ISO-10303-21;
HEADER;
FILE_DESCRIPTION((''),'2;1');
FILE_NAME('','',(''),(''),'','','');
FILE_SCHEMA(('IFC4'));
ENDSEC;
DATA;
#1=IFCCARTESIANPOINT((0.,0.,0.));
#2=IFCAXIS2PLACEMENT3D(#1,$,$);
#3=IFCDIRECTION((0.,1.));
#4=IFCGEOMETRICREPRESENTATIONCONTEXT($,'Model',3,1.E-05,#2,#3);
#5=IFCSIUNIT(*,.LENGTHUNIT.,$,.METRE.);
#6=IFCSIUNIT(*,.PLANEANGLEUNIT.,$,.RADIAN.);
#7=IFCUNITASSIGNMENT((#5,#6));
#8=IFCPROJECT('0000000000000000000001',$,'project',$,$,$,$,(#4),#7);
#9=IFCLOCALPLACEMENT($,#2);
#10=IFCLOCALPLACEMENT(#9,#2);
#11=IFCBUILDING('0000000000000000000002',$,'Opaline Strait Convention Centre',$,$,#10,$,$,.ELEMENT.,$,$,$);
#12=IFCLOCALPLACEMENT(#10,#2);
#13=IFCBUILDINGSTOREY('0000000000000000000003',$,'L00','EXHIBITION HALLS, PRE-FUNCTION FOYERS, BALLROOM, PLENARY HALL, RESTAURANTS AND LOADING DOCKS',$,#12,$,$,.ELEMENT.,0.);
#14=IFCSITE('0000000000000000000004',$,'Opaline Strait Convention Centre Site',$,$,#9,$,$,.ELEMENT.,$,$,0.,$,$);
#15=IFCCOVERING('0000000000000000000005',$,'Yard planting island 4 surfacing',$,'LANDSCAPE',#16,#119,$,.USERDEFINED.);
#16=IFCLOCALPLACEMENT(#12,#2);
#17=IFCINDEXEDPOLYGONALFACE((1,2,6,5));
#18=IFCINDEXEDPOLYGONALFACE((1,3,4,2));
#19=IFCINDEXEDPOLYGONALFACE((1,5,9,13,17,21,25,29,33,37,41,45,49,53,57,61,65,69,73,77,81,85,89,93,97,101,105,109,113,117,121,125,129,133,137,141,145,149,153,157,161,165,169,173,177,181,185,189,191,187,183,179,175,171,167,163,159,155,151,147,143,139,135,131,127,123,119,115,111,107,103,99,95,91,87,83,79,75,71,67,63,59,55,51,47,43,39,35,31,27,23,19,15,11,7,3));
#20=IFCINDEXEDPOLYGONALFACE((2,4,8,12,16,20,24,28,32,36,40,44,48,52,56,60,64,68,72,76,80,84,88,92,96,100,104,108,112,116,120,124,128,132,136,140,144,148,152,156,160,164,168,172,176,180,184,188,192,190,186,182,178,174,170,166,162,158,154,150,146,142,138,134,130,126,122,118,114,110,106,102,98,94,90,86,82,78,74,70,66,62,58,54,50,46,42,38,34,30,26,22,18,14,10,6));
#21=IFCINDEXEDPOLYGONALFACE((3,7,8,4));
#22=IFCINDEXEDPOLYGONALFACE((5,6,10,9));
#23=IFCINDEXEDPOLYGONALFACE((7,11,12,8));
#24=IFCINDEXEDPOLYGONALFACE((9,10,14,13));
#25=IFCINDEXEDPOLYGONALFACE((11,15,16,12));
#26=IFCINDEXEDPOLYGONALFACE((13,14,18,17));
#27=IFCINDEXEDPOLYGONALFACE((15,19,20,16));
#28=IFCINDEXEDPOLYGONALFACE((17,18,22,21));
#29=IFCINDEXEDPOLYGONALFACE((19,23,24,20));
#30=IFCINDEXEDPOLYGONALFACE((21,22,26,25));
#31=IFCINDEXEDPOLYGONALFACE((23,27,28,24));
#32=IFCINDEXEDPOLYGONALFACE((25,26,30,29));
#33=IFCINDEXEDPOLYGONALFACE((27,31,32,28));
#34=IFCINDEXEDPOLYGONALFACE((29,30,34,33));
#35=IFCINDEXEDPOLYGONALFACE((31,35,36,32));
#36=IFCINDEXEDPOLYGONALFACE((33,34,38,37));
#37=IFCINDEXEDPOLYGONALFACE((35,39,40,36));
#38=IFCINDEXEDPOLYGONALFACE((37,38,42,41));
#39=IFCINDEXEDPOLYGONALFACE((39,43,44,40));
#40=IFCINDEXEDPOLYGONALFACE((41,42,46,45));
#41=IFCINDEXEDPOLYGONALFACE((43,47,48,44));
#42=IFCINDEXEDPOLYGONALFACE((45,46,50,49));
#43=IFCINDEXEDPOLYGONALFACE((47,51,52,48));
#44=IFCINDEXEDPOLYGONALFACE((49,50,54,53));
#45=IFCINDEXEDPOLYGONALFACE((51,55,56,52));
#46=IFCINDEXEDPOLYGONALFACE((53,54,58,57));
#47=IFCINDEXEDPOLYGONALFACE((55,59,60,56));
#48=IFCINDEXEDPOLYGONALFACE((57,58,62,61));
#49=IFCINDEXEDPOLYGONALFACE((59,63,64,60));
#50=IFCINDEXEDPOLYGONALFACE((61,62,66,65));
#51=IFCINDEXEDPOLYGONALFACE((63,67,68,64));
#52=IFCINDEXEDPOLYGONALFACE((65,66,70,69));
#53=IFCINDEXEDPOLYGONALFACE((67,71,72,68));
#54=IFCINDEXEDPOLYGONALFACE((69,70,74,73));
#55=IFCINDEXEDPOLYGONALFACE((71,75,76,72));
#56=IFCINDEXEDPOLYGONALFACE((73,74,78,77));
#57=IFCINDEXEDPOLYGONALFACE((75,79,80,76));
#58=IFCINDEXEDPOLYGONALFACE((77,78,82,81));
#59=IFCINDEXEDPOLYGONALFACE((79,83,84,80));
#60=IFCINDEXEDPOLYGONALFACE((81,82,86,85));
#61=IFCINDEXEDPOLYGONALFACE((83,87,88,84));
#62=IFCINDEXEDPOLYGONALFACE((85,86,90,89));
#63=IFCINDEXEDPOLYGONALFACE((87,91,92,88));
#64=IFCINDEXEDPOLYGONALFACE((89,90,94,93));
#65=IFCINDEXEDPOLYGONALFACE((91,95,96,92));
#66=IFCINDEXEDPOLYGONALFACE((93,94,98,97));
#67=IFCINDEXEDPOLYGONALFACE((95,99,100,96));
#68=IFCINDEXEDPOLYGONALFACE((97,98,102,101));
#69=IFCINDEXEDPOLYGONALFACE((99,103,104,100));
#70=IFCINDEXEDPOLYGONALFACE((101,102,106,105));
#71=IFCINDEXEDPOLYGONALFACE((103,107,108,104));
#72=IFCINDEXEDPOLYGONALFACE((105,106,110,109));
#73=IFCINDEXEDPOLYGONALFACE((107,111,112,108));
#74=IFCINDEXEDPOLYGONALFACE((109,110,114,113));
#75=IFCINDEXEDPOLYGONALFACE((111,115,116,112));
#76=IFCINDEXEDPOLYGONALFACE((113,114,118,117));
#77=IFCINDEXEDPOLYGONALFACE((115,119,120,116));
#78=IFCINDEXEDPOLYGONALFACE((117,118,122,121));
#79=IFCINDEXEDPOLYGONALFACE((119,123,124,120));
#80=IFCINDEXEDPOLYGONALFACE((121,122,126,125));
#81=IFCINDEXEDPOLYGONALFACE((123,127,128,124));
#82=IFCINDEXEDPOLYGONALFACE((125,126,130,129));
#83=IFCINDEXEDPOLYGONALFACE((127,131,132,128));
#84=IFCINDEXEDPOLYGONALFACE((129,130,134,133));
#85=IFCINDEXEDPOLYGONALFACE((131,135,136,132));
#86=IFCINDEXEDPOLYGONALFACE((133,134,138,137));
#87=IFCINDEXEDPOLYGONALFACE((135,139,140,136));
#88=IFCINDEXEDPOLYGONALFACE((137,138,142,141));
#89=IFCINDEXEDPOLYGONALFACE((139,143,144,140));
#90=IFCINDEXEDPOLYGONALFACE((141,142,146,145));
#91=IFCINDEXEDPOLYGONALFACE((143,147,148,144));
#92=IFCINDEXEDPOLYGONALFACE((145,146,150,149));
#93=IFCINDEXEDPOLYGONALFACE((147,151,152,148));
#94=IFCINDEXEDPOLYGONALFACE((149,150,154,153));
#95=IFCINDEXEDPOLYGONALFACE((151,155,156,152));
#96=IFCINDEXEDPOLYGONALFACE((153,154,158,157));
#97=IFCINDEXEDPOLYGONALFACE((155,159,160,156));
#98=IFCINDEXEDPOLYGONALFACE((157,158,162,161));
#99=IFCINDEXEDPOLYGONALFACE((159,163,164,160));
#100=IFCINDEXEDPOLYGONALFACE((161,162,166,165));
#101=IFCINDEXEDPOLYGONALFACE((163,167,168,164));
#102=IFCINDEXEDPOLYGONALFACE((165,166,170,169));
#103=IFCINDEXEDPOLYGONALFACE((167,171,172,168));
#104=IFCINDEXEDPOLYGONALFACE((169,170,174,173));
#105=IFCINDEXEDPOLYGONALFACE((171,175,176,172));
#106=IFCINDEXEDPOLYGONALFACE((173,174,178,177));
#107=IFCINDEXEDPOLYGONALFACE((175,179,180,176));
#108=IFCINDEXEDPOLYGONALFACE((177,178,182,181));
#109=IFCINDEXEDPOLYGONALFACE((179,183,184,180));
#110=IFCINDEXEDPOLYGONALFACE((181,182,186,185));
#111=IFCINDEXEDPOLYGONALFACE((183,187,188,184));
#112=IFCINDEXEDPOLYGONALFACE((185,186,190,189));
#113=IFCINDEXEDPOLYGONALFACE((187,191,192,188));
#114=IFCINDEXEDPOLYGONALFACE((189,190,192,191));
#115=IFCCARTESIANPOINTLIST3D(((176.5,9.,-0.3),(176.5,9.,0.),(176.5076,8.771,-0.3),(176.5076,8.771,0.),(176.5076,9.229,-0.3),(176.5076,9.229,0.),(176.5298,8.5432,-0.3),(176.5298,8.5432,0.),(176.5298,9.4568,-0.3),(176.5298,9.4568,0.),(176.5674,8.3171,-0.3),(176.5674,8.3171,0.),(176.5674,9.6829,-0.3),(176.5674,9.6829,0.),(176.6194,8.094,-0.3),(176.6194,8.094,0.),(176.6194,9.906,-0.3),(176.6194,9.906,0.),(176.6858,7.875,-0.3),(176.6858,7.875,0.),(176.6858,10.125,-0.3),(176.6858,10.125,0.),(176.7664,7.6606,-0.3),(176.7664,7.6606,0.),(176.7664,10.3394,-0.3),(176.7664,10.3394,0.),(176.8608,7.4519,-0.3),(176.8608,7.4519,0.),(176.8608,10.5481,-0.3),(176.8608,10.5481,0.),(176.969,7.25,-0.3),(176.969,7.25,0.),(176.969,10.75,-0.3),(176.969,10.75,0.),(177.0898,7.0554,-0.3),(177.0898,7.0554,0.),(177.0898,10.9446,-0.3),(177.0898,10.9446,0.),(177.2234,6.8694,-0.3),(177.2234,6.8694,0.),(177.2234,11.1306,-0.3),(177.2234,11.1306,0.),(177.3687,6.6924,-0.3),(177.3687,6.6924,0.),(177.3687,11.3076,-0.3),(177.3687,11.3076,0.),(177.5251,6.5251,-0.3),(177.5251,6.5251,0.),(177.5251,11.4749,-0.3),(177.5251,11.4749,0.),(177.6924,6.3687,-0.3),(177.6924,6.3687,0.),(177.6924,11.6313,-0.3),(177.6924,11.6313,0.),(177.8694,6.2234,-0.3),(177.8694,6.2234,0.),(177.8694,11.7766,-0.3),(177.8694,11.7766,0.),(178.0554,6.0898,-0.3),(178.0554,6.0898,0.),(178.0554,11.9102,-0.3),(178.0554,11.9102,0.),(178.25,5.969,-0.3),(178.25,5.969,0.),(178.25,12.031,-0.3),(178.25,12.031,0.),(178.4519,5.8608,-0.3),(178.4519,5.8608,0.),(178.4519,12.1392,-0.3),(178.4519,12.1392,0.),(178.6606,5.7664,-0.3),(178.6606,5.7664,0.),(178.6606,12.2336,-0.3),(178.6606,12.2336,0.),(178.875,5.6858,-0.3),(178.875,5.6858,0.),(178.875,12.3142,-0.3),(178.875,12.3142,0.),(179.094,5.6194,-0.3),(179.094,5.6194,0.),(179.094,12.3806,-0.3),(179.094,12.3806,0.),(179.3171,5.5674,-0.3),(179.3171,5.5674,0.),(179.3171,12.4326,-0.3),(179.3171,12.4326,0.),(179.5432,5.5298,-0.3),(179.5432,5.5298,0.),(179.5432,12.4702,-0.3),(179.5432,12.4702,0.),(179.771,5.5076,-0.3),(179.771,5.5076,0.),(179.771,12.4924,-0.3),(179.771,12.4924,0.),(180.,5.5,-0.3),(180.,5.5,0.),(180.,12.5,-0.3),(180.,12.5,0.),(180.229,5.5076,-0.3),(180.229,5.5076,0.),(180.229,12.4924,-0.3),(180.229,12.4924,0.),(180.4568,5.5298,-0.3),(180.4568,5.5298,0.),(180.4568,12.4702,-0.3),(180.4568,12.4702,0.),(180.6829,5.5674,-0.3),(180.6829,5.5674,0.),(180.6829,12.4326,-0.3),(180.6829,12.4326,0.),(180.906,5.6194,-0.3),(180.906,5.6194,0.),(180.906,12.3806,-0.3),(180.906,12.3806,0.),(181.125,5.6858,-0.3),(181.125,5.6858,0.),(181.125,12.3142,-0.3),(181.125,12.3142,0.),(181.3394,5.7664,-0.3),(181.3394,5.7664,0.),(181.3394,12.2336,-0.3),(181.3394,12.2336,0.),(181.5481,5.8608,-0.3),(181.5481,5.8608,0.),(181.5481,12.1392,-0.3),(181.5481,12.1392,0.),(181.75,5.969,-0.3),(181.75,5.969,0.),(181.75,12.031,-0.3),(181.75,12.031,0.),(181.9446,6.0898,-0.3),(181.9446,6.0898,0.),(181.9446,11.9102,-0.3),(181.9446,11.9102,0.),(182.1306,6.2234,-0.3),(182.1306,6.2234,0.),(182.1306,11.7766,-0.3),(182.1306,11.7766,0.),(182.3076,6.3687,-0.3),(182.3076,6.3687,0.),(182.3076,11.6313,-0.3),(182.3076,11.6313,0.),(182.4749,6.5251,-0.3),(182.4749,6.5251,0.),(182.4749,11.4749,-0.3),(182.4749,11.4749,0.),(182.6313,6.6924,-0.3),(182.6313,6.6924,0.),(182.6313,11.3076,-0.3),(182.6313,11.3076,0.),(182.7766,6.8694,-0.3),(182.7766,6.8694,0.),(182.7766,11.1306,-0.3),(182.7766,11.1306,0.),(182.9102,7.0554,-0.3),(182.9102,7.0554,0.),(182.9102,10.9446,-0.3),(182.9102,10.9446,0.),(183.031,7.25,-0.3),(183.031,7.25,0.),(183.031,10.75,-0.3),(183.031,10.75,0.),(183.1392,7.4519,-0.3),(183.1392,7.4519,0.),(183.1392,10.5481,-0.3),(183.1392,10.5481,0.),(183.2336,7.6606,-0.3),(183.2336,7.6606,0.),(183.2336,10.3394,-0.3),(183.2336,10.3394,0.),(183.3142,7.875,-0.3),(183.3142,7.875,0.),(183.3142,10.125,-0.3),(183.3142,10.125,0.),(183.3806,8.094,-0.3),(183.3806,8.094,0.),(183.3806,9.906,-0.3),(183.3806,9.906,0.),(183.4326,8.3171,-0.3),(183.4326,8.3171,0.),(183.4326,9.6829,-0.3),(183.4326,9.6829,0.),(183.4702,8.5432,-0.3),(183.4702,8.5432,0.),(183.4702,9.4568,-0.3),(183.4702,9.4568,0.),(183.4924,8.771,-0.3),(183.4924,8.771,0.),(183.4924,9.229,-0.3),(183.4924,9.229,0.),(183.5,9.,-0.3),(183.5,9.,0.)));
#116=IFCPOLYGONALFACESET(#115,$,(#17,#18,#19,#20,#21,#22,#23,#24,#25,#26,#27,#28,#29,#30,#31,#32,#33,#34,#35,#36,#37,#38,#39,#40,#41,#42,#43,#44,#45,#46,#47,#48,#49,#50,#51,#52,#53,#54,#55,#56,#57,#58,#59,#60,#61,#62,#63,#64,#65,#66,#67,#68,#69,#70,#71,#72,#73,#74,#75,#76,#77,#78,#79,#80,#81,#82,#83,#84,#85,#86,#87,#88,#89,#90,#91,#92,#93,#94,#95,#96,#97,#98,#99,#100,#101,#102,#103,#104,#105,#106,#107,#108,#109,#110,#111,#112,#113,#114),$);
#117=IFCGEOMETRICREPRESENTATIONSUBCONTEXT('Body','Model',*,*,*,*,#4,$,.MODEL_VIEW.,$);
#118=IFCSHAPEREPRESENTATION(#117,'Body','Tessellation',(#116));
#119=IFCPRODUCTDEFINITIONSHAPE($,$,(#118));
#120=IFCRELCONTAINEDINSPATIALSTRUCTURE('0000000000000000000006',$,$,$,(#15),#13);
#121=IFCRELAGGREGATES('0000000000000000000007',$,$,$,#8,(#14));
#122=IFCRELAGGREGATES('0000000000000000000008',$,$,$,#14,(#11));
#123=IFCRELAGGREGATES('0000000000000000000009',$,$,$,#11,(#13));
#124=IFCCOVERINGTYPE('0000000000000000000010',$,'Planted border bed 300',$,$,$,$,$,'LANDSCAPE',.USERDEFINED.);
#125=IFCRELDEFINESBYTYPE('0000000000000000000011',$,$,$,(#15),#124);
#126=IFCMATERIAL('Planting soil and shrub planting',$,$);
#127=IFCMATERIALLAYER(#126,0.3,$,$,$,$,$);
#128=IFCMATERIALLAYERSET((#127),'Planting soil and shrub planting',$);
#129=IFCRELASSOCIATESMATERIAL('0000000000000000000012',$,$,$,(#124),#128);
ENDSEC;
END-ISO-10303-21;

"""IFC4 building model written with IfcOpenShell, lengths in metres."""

from ifc_helpers import new_model, si_unit, direction, frame, origin, place, context, subcontext, project, spatial, polyline, outline, extrude, material, layer, layer_set, type_object, element, save


model = new_model("IFC4")

# Units and contexts
model_context = context("Model", 3, precision=1e-05, world=origin(), true_north=direction((0.0, 1.0)))
body_context = subcontext(model_context, "Body", "Model", "MODEL_VIEW")
ifc_project = project(units=[si_unit("LENGTHUNIT", "METRE"), si_unit("PLANEANGLEUNIT", "RADIAN")], contexts=[model_context])

# Site, building, storey
site_placement = place(None, origin())
site = spatial("IfcSite", under=ifc_project, at=site_placement, Name="Opaline Strait Convention Centre Site", CompositionType="ELEMENT", RefElevation=0.0)
building_placement = place(site_placement, origin())
building = spatial("IfcBuilding", under=site, at=building_placement, Name="Opaline Strait Convention Centre", CompositionType="ELEMENT")
storey_placement = place(building_placement, origin())
storey = spatial("IfcBuildingStorey", under=building, at=storey_placement, Name="L00", Description="EXHIBITION HALLS, PRE-FUNCTION FOYERS, BALLROOM, PLENARY HALL, RESTAURANTS AND LOADING DOCKS", CompositionType="ELEMENT", Elevation=0.0)

# Covering
ifc_material_1 = material(Name="Planting soil and shrub planting")
ifc_layer_1 = layer(ifc_material_1, 0.3)
ifc_layer_set_1 = layer_set([ifc_layer_1], Name="Planting soil and shrub planting")
covering_type_1 = type_object("IfcCoveringType", Name="Planted border bed 300", ElementType="LANDSCAPE", PredefinedType="USERDEFINED", material=ifc_layer_set_1)
covering_1_placement = place(storey_placement, frame((0.0, 0.0, -0.3)))
element("IfcCovering", 1, at=covering_1_placement, inside=storey, type_object=covering_type_1, Name="Yard planting island 4 surfacing", ObjectType="LANDSCAPE", PredefinedType="USERDEFINED", context=body_context, shape_type="SweptSolid", body=[
    extrude(outline(polyline([(183.4326, 8.3171), (183.4702, 8.5432), (183.4924, 8.771), (183.5, 9.0), (183.4924, 9.229), (183.4702, 9.4568), (183.4326, 9.6829), (183.3806, 9.906), (183.3142, 10.125), (183.2336, 10.3394), (183.1392, 10.5481), (183.031, 10.75), (182.9102, 10.9446), (182.7766, 11.1306), (182.6313, 11.3076), (182.4749, 11.4749), (182.3076, 11.6313), (182.1306, 11.7766), (181.9446, 11.9102), (181.75, 12.031), (181.5481, 12.1392), (181.3394, 12.2336), (181.125, 12.3142), (180.906, 12.3806), (180.6829, 12.4326), (180.4568, 12.4702), (180.229, 12.4924), (180.0, 12.5), (179.771, 12.4924), (179.5432, 12.4702), (179.3171, 12.4326), (179.094, 12.3806), (178.875, 12.3142), (178.6606, 12.2336), (178.4519, 12.1392), (178.25, 12.031), (178.0554, 11.9102), (177.8694, 11.7766), (177.6924, 11.6313), (177.5251, 11.4749), (177.3687, 11.3076), (177.2234, 11.1306), (177.0898, 10.9446), (176.969, 10.75), (176.8608, 10.5481), (176.7664, 10.3394), (176.6858, 10.125), (176.6194, 9.906), (176.5674, 9.6829), (176.5298, 9.4568), (176.5076, 9.229), (176.5, 9.0), (176.5076, 8.771), (176.5298, 8.5432), (176.5674, 8.3171), (176.6194, 8.094), (176.6858, 7.875), (176.7664, 7.6606), (176.8608, 7.4519), (176.969, 7.25), (177.0898, 7.0554), (177.2234, 6.8694), (177.3687, 6.6924), (177.5251, 6.5251), (177.6924, 6.3687), (177.8694, 6.2234), (178.0554, 6.0898), (178.25, 5.969), (178.4519, 5.8608), (178.6606, 5.7664), (178.875, 5.6858), (179.094, 5.6194), (179.3171, 5.5674), (179.5432, 5.5298), (179.771, 5.5076), (180.0, 5.5), (180.229, 5.5076), (180.4568, 5.5298), (180.6829, 5.5674), (180.906, 5.6194), (181.125, 5.6858), (181.3394, 5.7664), (181.5481, 5.8608), (181.75, 5.969), (181.9446, 6.0898), (182.1306, 6.2234), (182.3076, 6.3687), (182.4749, 6.5251), (182.6313, 6.6924), (182.7766, 6.8694), (182.9102, 7.0554), (183.031, 7.25), (183.1392, 7.4519), (183.2336, 7.6606), (183.3142, 7.875), (183.3806, 8.094), (183.4326, 8.3171)])), origin(), (0.0, 0.0, 1.0), 0.3),
])

save(model, "model.ifc")
